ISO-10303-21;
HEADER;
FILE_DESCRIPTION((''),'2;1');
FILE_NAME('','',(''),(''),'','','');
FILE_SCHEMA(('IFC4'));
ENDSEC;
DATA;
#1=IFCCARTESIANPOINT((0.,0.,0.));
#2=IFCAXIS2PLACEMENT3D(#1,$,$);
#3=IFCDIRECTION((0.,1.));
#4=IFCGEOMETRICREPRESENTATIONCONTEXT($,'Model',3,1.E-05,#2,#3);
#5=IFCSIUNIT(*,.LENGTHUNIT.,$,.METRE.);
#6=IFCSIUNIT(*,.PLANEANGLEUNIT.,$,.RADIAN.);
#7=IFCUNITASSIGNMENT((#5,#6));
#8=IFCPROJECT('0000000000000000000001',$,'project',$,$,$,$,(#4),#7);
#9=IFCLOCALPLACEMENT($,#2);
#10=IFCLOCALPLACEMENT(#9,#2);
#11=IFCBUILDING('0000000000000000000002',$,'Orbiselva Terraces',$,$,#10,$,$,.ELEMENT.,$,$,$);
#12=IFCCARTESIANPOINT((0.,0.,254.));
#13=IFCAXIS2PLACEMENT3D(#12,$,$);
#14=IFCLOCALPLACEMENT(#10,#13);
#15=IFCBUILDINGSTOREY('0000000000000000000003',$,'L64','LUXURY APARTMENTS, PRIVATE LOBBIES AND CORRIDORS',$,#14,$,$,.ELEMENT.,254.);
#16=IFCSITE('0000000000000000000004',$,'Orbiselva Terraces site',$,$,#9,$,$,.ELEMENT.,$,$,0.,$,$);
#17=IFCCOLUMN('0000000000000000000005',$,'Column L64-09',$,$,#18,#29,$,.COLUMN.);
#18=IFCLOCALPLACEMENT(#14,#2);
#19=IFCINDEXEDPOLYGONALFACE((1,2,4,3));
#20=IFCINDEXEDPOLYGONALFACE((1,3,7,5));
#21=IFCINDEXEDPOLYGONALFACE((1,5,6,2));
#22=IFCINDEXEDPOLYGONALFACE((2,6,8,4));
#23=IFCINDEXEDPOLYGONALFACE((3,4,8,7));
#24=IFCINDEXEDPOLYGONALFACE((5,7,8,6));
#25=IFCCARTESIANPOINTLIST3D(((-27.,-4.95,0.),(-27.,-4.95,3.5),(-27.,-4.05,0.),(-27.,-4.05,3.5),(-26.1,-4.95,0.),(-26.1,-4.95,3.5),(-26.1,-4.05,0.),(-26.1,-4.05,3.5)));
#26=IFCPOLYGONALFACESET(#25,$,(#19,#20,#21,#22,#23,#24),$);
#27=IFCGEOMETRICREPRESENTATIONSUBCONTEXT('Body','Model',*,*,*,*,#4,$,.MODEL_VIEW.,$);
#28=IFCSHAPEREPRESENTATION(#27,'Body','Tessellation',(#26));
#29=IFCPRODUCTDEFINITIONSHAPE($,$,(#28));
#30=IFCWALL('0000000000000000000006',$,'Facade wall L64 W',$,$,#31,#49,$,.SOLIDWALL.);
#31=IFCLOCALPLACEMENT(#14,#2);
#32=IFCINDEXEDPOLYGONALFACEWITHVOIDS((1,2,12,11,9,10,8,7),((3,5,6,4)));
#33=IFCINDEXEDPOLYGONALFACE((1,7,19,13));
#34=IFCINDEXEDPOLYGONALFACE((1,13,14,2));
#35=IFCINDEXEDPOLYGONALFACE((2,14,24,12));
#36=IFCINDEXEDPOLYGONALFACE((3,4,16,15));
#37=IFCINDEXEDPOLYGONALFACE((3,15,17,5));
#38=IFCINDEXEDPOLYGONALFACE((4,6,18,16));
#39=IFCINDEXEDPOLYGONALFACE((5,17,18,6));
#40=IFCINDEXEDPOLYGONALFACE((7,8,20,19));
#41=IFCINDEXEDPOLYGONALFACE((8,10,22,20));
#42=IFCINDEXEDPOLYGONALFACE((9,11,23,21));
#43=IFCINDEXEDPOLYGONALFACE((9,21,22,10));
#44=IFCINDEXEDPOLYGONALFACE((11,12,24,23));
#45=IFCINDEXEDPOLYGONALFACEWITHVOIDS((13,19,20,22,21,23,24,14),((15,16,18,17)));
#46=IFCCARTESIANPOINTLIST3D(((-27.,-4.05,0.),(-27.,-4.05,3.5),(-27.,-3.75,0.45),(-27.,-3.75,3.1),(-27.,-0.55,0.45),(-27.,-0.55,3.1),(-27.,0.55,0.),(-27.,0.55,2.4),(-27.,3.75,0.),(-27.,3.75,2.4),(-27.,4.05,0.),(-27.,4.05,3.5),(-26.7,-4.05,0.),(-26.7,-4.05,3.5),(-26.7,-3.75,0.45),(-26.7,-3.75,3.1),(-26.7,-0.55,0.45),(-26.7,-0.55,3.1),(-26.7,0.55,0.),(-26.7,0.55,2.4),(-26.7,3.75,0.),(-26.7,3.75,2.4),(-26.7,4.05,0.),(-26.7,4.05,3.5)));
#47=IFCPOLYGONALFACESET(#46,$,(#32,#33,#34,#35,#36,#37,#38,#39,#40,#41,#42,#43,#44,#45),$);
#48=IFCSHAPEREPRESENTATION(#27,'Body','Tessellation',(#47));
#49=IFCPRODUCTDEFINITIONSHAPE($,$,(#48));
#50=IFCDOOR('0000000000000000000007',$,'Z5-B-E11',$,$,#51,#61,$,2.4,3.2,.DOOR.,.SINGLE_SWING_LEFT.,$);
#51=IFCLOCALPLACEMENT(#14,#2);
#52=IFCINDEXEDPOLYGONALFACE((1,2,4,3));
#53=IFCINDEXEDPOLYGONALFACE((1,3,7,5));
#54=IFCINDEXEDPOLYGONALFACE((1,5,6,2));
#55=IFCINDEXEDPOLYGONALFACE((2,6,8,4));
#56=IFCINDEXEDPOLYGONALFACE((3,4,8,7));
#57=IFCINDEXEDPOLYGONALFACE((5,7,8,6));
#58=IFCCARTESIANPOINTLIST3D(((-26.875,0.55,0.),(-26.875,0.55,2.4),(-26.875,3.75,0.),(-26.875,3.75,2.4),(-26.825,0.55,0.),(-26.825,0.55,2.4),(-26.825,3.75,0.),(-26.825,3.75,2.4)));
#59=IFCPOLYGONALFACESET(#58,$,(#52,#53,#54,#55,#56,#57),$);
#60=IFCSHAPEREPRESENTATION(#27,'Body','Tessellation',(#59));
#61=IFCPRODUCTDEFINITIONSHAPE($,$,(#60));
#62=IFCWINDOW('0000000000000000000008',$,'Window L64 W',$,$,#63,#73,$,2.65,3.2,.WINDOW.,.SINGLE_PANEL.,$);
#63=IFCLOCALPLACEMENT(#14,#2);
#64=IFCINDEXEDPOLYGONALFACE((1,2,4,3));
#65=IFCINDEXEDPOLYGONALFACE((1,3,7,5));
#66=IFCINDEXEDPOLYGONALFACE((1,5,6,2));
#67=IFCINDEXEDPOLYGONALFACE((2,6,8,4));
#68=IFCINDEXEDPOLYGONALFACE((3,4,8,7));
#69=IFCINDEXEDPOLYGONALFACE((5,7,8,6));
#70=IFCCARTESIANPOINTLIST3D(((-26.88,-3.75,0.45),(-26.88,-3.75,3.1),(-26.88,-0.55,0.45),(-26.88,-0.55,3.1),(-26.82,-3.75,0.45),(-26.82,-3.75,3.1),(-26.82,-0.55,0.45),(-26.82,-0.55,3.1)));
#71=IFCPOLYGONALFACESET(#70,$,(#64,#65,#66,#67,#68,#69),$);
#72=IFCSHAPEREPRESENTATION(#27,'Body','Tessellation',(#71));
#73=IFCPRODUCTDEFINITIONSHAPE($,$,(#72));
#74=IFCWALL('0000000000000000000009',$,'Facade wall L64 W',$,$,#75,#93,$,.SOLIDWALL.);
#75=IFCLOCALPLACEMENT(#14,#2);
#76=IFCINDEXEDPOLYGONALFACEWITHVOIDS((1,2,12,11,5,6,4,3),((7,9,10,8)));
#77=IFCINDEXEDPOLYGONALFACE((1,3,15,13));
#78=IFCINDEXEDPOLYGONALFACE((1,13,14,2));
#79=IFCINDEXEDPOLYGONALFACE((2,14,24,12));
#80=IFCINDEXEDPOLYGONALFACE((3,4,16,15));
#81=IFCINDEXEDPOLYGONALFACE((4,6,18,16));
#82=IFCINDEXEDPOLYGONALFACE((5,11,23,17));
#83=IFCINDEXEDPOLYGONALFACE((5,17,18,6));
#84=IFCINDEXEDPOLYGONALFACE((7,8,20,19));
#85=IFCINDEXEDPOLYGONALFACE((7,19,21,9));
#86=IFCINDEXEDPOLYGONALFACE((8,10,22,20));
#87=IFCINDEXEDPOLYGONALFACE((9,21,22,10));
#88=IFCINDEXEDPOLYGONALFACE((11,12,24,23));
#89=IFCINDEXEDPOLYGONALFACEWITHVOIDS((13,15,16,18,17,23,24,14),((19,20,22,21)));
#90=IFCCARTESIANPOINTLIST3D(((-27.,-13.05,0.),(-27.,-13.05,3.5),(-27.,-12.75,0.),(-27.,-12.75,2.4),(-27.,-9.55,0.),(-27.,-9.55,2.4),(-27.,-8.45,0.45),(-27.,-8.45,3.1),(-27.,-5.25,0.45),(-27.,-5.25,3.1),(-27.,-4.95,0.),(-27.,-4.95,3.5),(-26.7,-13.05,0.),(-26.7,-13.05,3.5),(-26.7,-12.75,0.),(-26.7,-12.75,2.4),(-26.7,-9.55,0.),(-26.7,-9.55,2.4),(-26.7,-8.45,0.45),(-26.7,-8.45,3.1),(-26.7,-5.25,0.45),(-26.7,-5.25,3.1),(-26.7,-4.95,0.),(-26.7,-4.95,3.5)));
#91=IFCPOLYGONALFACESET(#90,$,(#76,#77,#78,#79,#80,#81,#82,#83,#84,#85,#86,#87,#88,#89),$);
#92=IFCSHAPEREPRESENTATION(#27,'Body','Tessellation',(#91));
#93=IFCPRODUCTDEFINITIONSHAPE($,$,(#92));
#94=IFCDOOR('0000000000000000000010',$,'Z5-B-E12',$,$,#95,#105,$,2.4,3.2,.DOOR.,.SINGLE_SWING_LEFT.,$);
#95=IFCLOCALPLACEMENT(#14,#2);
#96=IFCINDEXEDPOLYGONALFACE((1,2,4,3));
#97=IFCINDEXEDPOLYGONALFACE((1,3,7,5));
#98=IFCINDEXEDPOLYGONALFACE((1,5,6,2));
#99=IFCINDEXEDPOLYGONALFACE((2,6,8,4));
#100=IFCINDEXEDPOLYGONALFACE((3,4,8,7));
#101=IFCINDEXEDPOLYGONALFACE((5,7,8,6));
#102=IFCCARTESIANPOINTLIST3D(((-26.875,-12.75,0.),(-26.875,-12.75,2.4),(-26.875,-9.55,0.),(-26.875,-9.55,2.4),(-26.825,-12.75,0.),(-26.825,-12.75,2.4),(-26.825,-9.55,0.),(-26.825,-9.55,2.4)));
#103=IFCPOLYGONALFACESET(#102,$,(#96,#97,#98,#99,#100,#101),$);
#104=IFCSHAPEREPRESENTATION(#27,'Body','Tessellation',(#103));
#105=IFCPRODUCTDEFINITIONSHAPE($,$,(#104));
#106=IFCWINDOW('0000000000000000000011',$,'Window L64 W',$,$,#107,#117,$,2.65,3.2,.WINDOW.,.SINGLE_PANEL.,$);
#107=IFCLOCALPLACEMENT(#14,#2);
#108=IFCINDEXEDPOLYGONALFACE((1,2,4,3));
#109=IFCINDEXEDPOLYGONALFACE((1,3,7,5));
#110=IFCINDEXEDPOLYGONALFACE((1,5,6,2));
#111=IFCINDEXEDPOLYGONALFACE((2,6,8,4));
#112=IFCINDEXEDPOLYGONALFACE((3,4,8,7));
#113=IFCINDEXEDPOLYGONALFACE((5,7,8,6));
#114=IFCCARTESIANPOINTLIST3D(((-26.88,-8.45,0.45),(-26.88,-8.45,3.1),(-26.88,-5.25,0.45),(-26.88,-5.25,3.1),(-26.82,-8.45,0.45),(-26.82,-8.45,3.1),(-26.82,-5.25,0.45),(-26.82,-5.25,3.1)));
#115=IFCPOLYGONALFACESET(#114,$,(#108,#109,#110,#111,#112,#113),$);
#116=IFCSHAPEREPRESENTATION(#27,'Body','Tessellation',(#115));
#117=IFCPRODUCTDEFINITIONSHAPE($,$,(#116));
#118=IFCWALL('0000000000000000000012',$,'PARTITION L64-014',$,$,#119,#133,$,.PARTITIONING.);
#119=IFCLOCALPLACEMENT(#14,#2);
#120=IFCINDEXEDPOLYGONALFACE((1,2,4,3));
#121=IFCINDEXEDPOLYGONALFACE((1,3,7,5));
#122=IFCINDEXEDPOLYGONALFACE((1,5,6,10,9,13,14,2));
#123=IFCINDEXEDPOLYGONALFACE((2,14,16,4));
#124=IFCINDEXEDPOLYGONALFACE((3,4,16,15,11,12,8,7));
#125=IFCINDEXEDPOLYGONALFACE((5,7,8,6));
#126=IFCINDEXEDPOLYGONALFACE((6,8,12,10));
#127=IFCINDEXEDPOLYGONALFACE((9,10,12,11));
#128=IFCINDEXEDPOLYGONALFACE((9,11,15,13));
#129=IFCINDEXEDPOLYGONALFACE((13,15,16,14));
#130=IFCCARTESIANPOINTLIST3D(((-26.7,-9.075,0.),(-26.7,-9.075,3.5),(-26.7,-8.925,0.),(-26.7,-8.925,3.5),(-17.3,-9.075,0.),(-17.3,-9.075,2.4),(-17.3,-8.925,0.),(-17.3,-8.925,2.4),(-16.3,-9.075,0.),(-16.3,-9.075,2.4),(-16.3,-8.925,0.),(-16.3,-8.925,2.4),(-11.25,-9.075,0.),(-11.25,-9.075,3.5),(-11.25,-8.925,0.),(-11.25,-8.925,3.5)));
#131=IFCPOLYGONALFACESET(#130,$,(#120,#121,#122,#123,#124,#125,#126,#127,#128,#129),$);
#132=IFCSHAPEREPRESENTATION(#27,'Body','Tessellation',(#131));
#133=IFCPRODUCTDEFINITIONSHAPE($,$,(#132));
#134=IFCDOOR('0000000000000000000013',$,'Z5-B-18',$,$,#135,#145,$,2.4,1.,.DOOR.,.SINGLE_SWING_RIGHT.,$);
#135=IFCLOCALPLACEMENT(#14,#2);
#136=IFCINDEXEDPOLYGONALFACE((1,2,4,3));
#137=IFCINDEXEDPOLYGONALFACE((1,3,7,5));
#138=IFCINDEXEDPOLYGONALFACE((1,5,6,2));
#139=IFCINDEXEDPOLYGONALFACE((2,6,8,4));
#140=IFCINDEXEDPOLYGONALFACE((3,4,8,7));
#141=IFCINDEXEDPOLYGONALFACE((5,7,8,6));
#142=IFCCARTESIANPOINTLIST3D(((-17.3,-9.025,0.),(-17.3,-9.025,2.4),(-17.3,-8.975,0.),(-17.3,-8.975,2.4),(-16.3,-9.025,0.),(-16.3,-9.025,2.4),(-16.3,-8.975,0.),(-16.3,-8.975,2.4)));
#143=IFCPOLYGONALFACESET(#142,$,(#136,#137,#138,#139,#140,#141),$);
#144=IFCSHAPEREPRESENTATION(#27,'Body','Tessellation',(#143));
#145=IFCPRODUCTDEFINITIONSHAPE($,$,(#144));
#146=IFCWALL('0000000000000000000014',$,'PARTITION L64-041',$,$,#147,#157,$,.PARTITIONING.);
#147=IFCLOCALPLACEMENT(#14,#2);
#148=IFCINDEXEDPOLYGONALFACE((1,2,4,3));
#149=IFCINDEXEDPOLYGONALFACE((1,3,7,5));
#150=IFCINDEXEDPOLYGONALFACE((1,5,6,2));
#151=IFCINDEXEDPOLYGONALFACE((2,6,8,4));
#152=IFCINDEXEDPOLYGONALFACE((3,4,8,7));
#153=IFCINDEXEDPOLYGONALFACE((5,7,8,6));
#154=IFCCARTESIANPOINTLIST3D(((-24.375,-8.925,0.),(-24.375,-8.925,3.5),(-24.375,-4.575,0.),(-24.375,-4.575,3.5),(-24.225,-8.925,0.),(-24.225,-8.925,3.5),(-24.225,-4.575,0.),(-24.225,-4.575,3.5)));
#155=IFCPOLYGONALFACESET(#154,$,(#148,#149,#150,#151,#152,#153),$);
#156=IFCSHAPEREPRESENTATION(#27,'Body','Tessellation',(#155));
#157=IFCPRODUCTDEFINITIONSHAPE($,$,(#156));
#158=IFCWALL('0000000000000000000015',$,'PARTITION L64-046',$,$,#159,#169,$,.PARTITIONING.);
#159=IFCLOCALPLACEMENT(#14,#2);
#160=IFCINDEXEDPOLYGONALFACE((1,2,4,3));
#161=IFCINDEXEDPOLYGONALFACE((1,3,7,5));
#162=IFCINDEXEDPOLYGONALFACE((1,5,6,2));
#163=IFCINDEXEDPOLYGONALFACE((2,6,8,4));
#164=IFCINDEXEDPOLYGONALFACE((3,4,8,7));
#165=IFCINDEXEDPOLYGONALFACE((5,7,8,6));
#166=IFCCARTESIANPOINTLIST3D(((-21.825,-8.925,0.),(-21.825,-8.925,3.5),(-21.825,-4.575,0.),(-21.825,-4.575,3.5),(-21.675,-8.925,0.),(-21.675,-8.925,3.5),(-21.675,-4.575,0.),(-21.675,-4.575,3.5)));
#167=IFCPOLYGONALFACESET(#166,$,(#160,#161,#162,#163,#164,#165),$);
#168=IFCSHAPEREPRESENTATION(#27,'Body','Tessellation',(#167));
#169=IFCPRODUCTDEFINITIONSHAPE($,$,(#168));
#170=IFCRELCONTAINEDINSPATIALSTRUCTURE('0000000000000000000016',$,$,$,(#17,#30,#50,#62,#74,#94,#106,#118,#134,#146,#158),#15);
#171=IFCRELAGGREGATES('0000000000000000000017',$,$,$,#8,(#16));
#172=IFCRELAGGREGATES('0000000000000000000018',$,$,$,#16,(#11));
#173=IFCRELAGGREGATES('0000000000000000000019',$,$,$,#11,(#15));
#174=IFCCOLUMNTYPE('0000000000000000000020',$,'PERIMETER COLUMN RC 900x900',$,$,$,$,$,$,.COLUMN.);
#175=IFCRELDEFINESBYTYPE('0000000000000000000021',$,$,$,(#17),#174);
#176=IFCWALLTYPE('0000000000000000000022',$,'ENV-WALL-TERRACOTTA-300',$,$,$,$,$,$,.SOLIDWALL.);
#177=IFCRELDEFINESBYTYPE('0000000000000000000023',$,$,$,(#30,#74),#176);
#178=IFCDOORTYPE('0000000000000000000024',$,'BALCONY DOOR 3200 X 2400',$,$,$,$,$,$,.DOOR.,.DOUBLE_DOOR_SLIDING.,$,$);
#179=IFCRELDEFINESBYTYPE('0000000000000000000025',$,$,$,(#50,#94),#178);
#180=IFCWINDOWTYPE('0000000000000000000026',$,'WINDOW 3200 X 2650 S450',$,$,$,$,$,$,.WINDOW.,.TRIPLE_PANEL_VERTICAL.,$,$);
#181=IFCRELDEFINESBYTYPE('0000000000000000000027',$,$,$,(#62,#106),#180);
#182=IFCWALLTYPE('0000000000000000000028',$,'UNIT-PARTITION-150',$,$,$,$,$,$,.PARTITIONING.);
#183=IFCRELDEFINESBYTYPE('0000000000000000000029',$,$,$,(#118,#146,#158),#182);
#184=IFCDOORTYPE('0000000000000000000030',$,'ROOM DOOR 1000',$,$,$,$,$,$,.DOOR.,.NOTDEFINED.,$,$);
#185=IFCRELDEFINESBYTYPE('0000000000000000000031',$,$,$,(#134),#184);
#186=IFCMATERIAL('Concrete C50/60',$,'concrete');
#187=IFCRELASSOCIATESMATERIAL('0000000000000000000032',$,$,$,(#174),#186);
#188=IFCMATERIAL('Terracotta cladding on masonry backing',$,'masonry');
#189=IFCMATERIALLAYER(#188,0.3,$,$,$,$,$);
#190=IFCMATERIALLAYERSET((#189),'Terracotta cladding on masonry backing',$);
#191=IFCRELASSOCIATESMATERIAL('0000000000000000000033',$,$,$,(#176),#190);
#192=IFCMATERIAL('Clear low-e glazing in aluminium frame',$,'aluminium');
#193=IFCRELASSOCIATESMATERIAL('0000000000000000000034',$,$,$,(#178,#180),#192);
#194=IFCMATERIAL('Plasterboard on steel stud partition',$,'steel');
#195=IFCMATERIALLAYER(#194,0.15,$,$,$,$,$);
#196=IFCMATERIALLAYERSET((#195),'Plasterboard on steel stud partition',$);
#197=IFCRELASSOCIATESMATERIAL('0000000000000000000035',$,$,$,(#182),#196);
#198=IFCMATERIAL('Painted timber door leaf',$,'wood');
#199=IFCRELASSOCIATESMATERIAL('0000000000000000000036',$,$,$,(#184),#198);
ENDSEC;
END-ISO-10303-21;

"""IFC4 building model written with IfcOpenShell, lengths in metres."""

from ifc_helpers import new_model, si_unit, direction, frame, frame_2d, origin, origin_2d, place, context, subcontext, project, spatial, rectangle, extrude, material, layer, layer_set, material_profile, profile_set, type_object, element, fill, save


model = new_model("IFC4")

# Units and contexts
model_context = context("Model", 3, precision=1e-05, world=origin(), true_north=direction((0.0, 1.0)))
body_context = subcontext(model_context, "Body", "Model", "MODEL_VIEW")
ifc_project = project(units=[si_unit("LENGTHUNIT", "METRE"), si_unit("PLANEANGLEUNIT", "RADIAN")], contexts=[model_context])

# Site, building, storey
site_placement = place(None, origin())
site = spatial("IfcSite", under=ifc_project, at=site_placement, Name="Orbiselva Terraces site", CompositionType="ELEMENT", RefElevation=0.0)
building_placement = place(site_placement, origin())
building = spatial("IfcBuilding", under=site, at=building_placement, Name="Orbiselva Terraces", CompositionType="ELEMENT")
storey_placement = place(building_placement, frame((0.0, 0.0, 254.0)))
storey = spatial("IfcBuildingStorey", under=building, at=storey_placement, Name="L64", Description="LUXURY APARTMENTS, PRIVATE LOBBIES AND CORRIDORS", CompositionType="ELEMENT", Elevation=254.0)

# Column
ifc_material_1 = material(Name="Concrete C50/60", Category="concrete")
ifc_material_profile = material_profile(ifc_material_1, rectangle(XDim=0.9, YDim=0.9, at=origin_2d()), Name="RC 900x900")
ifc_profile_set = profile_set([ifc_material_profile], Name="Concrete C50/60")
column_type = type_object("IfcColumnType", Name="PERIMETER COLUMN RC 900x900", PredefinedType="COLUMN", material=ifc_profile_set)
column_placement = place(storey_placement, frame((-26.55, -4.5, 0.0), z_axis=(0.0, 0.0, 1.0), x_axis=(1.0, 0.0, 0.0)))
element("IfcColumn", 1, at=column_placement, inside=storey, type_object=column_type, Name="Column L64-09", PredefinedType="COLUMN", context=body_context, shape_type="SweptSolid", body=[
    extrude(rectangle(XDim=0.9, YDim=0.9, at=origin_2d()), origin(), (0.0, 0.0, 1.0), 3.5),
])

# Walls, openings, doors, windows
ifc_material_2 = material(Name="Terracotta cladding on masonry backing", Category="masonry")
ifc_layer_1 = layer(ifc_material_2, 0.3)
ifc_layer_set_1 = layer_set([ifc_layer_1], Name="Terracotta cladding on masonry backing")
wall_type_1 = type_object("IfcWallType", Name="ENV-WALL-TERRACOTTA-300", PredefinedType="SOLIDWALL", material=ifc_layer_set_1)
wall_1_placement = place(storey_placement, frame((-26.85, -4.05, 0.0), z_axis=(0.0, 0.0, 1.0), x_axis=(0.0, 1.0, 0.0)))
wall_1 = element("IfcWall", 2, at=wall_1_placement, inside=storey, type_object=wall_type_1, Name="Facade wall L64 W", PredefinedType="SOLIDWALL", context=body_context, shape_type="SweptSolid", body=[
    extrude(rectangle(XDim=8.1, YDim=0.3, at=frame_2d((4.05, 0.0))), origin(), (0.0, 0.0, 1.0), 3.5),
])
opening_1_placement = place(wall_1_placement, frame((4.6, 0.0, 0.0)))
opening_1 = element("IfcOpeningElement", 3, at=opening_1_placement, cuts=wall_1, PredefinedType="OPENING", context=body_context, shape_type="SweptSolid", body=[
    extrude(rectangle(XDim=3.2, YDim=2.4, at=frame_2d((1.6, 1.2))), frame((0.0, 0.16, 0.0), z_axis=(0.0, -1.0, 0.0), x_axis=(1.0, 0.0, 0.0)), (0.0, 0.0, 1.0), 0.32),
])
opening_2_placement = place(wall_1_placement, frame((0.3, 0.0, 0.45)))
opening_2 = element("IfcOpeningElement", 4, at=opening_2_placement, cuts=wall_1, PredefinedType="OPENING", context=body_context, shape_type="SweptSolid", body=[
    extrude(rectangle(XDim=3.2, YDim=2.65, at=frame_2d((1.6, 1.325))), frame((0.0, 0.16, 0.0), z_axis=(0.0, -1.0, 0.0), x_axis=(1.0, 0.0, 0.0)), (0.0, 0.0, 1.0), 0.32),
])
ifc_material_3 = material(Name="Clear low-e glazing in aluminium frame", Category="aluminium")
door_type_1 = type_object("IfcDoorType", Name="BALCONY DOOR 3200 X 2400", OperationType="DOUBLE_DOOR_SLIDING", PredefinedType="DOOR", material=ifc_material_3)
door_1_placement = place(opening_1_placement, origin())
door_1 = element("IfcDoor", 5, at=door_1_placement, inside=storey, type_object=door_type_1, Name="Z5-B-E11", OperationType="SINGLE_SWING_LEFT", OverallHeight=2.4, OverallWidth=3.2, PredefinedType="DOOR", context=body_context, shape_type="SweptSolid", body=[
    extrude(rectangle(XDim=3.2, YDim=2.4, at=frame_2d((1.6, 1.2))), frame((0.0, 0.025, 0.0), z_axis=(0.0, -1.0, 0.0), x_axis=(1.0, 0.0, 0.0)), (0.0, 0.0, 1.0), 0.05),
])
fill(opening_1, door_1)
window_type = type_object("IfcWindowType", Name="WINDOW 3200 X 2650 S450", PartitioningType="TRIPLE_PANEL_VERTICAL", PredefinedType="WINDOW", material=ifc_material_3)
window_1_placement = place(opening_2_placement, origin())
window_1 = element("IfcWindow", 6, at=window_1_placement, inside=storey, type_object=window_type, Name="Window L64 W", OverallHeight=2.65, OverallWidth=3.2, PartitioningType="SINGLE_PANEL", PredefinedType="WINDOW", context=body_context, shape_type="SweptSolid", body=[
    extrude(rectangle(XDim=3.2, YDim=2.65, at=frame_2d((1.6, 1.325))), frame((0.0, 0.03, 0.0), z_axis=(0.0, -1.0, 0.0), x_axis=(1.0, 0.0, 0.0)), (0.0, 0.0, 1.0), 0.06),
])
fill(opening_2, window_1)
wall_2_placement = place(storey_placement, frame((-26.85, -13.05, 0.0), z_axis=(0.0, 0.0, 1.0), x_axis=(0.0, 1.0, 0.0)))
wall_2 = element("IfcWall", 7, at=wall_2_placement, inside=storey, type_object=wall_type_1, Name="Facade wall L64 W", PredefinedType="SOLIDWALL", context=body_context, shape_type="SweptSolid", body=[
    extrude(rectangle(XDim=8.1, YDim=0.3, at=frame_2d((4.05, 0.0))), origin(), (0.0, 0.0, 1.0), 3.5),
])
opening_3_placement = place(wall_2_placement, frame((4.6, 0.0, 0.45)))
opening_3 = element("IfcOpeningElement", 8, at=opening_3_placement, cuts=wall_2, PredefinedType="OPENING", context=body_context, shape_type="SweptSolid", body=[
    extrude(rectangle(XDim=3.2, YDim=2.65, at=frame_2d((1.6, 1.325))), frame((0.0, 0.16, 0.0), z_axis=(0.0, -1.0, 0.0), x_axis=(1.0, 0.0, 0.0)), (0.0, 0.0, 1.0), 0.32),
])
opening_4_placement = place(wall_2_placement, frame((0.3, 0.0, 0.0)))
opening_4 = element("IfcOpeningElement", 9, at=opening_4_placement, cuts=wall_2, PredefinedType="OPENING", context=body_context, shape_type="SweptSolid", body=[
    extrude(rectangle(XDim=3.2, YDim=2.4, at=frame_2d((1.6, 1.2))), frame((0.0, 0.16, 0.0), z_axis=(0.0, -1.0, 0.0), x_axis=(1.0, 0.0, 0.0)), (0.0, 0.0, 1.0), 0.32),
])
door_2_placement = place(opening_4_placement, origin())
door_2 = element("IfcDoor", 10, at=door_2_placement, inside=storey, type_object=door_type_1, Name="Z5-B-E12", OperationType="SINGLE_SWING_LEFT", OverallHeight=2.4, OverallWidth=3.2, PredefinedType="DOOR", context=body_context, shape_type="SweptSolid", body=[
    extrude(rectangle(XDim=3.2, YDim=2.4, at=frame_2d((1.6, 1.2))), frame((0.0, 0.025, 0.0), z_axis=(0.0, -1.0, 0.0), x_axis=(1.0, 0.0, 0.0)), (0.0, 0.0, 1.0), 0.05),
])
fill(opening_4, door_2)
window_2_placement = place(opening_3_placement, origin())
window_2 = element("IfcWindow", 11, at=window_2_placement, inside=storey, type_object=window_type, Name="Window L64 W", OverallHeight=2.65, OverallWidth=3.2, PartitioningType="SINGLE_PANEL", PredefinedType="WINDOW", context=body_context, shape_type="SweptSolid", body=[
    extrude(rectangle(XDim=3.2, YDim=2.65, at=frame_2d((1.6, 1.325))), frame((0.0, 0.03, 0.0), z_axis=(0.0, -1.0, 0.0), x_axis=(1.0, 0.0, 0.0)), (0.0, 0.0, 1.0), 0.06),
])
fill(opening_3, window_2)

# Wall, opening, door
ifc_material_4 = material(Name="Plasterboard on steel stud partition", Category="steel")
ifc_layer_2 = layer(ifc_material_4, 0.15)
ifc_layer_set_2 = layer_set([ifc_layer_2], Name="Plasterboard on steel stud partition")
wall_type_2 = type_object("IfcWallType", Name="UNIT-PARTITION-150", PredefinedType="PARTITIONING", material=ifc_layer_set_2)
wall_3_placement = place(storey_placement, frame((-26.7, -9.0, 0.0), z_axis=(0.0, 0.0, 1.0), x_axis=(1.0, 0.0, 0.0)))
wall_3 = element("IfcWall", 12, at=wall_3_placement, inside=storey, type_object=wall_type_2, Name="PARTITION L64-014", PredefinedType="PARTITIONING", context=body_context, shape_type="SweptSolid", body=[
    extrude(rectangle(XDim=15.45, YDim=0.15, at=frame_2d((7.725, 0.0))), origin(), (0.0, 0.0, 1.0), 3.5),
])
opening_5_placement = place(wall_3_placement, frame((9.4, 0.0, 0.0)))
opening_5 = element("IfcOpeningElement", 13, at=opening_5_placement, cuts=wall_3, PredefinedType="OPENING", context=body_context, shape_type="SweptSolid", body=[
    extrude(rectangle(XDim=1.0, YDim=2.4, at=frame_2d((0.5, 1.2))), frame((0.0, 0.085, 0.0), z_axis=(0.0, -1.0, 0.0), x_axis=(1.0, 0.0, 0.0)), (0.0, 0.0, 1.0), 0.17),
])
ifc_material_5 = material(Name="Painted timber door leaf", Category="wood")
door_type_2 = type_object("IfcDoorType", Name="ROOM DOOR 1000", OperationType="NOTDEFINED", PredefinedType="DOOR", material=ifc_material_5)
door_3_placement = place(opening_5_placement, origin())
door_3 = element("IfcDoor", 14, at=door_3_placement, inside=storey, type_object=door_type_2, Name="Z5-B-18", OperationType="SINGLE_SWING_RIGHT", OverallHeight=2.4, OverallWidth=1.0, PredefinedType="DOOR", context=body_context, shape_type="SweptSolid", body=[
    extrude(rectangle(XDim=1.0, YDim=2.4, at=frame_2d((0.5, 1.2))), frame((0.0, 0.025, 0.0), z_axis=(0.0, -1.0, 0.0), x_axis=(1.0, 0.0, 0.0)), (0.0, 0.0, 1.0), 0.05),
])
fill(opening_5, door_3)

# Walls
for number, where, z_axis, x_axis, name in (
    (15, (-24.3, -8.925, 0.0), (0.0, 0.0, 1.0), (0.0, 1.0, 0.0), "PARTITION L64-041"),
    (16, (-21.75, -8.925, 0.0), (0.0, 0.0, 1.0), (0.0, 1.0, 0.0), "PARTITION L64-046"),
):
    element("IfcWall", number, at=place(storey_placement, frame(where, z_axis=z_axis, x_axis=x_axis)), inside=storey, type_object=wall_type_2, Name=name, PredefinedType="PARTITIONING", context=body_context, shape_type="SweptSolid", body=[
        extrude(rectangle(XDim=4.35, YDim=0.15, at=frame_2d((2.175, 0.0))), origin(), (0.0, 0.0, 1.0), 3.5),
    ])

save(model, "model.ifc")
